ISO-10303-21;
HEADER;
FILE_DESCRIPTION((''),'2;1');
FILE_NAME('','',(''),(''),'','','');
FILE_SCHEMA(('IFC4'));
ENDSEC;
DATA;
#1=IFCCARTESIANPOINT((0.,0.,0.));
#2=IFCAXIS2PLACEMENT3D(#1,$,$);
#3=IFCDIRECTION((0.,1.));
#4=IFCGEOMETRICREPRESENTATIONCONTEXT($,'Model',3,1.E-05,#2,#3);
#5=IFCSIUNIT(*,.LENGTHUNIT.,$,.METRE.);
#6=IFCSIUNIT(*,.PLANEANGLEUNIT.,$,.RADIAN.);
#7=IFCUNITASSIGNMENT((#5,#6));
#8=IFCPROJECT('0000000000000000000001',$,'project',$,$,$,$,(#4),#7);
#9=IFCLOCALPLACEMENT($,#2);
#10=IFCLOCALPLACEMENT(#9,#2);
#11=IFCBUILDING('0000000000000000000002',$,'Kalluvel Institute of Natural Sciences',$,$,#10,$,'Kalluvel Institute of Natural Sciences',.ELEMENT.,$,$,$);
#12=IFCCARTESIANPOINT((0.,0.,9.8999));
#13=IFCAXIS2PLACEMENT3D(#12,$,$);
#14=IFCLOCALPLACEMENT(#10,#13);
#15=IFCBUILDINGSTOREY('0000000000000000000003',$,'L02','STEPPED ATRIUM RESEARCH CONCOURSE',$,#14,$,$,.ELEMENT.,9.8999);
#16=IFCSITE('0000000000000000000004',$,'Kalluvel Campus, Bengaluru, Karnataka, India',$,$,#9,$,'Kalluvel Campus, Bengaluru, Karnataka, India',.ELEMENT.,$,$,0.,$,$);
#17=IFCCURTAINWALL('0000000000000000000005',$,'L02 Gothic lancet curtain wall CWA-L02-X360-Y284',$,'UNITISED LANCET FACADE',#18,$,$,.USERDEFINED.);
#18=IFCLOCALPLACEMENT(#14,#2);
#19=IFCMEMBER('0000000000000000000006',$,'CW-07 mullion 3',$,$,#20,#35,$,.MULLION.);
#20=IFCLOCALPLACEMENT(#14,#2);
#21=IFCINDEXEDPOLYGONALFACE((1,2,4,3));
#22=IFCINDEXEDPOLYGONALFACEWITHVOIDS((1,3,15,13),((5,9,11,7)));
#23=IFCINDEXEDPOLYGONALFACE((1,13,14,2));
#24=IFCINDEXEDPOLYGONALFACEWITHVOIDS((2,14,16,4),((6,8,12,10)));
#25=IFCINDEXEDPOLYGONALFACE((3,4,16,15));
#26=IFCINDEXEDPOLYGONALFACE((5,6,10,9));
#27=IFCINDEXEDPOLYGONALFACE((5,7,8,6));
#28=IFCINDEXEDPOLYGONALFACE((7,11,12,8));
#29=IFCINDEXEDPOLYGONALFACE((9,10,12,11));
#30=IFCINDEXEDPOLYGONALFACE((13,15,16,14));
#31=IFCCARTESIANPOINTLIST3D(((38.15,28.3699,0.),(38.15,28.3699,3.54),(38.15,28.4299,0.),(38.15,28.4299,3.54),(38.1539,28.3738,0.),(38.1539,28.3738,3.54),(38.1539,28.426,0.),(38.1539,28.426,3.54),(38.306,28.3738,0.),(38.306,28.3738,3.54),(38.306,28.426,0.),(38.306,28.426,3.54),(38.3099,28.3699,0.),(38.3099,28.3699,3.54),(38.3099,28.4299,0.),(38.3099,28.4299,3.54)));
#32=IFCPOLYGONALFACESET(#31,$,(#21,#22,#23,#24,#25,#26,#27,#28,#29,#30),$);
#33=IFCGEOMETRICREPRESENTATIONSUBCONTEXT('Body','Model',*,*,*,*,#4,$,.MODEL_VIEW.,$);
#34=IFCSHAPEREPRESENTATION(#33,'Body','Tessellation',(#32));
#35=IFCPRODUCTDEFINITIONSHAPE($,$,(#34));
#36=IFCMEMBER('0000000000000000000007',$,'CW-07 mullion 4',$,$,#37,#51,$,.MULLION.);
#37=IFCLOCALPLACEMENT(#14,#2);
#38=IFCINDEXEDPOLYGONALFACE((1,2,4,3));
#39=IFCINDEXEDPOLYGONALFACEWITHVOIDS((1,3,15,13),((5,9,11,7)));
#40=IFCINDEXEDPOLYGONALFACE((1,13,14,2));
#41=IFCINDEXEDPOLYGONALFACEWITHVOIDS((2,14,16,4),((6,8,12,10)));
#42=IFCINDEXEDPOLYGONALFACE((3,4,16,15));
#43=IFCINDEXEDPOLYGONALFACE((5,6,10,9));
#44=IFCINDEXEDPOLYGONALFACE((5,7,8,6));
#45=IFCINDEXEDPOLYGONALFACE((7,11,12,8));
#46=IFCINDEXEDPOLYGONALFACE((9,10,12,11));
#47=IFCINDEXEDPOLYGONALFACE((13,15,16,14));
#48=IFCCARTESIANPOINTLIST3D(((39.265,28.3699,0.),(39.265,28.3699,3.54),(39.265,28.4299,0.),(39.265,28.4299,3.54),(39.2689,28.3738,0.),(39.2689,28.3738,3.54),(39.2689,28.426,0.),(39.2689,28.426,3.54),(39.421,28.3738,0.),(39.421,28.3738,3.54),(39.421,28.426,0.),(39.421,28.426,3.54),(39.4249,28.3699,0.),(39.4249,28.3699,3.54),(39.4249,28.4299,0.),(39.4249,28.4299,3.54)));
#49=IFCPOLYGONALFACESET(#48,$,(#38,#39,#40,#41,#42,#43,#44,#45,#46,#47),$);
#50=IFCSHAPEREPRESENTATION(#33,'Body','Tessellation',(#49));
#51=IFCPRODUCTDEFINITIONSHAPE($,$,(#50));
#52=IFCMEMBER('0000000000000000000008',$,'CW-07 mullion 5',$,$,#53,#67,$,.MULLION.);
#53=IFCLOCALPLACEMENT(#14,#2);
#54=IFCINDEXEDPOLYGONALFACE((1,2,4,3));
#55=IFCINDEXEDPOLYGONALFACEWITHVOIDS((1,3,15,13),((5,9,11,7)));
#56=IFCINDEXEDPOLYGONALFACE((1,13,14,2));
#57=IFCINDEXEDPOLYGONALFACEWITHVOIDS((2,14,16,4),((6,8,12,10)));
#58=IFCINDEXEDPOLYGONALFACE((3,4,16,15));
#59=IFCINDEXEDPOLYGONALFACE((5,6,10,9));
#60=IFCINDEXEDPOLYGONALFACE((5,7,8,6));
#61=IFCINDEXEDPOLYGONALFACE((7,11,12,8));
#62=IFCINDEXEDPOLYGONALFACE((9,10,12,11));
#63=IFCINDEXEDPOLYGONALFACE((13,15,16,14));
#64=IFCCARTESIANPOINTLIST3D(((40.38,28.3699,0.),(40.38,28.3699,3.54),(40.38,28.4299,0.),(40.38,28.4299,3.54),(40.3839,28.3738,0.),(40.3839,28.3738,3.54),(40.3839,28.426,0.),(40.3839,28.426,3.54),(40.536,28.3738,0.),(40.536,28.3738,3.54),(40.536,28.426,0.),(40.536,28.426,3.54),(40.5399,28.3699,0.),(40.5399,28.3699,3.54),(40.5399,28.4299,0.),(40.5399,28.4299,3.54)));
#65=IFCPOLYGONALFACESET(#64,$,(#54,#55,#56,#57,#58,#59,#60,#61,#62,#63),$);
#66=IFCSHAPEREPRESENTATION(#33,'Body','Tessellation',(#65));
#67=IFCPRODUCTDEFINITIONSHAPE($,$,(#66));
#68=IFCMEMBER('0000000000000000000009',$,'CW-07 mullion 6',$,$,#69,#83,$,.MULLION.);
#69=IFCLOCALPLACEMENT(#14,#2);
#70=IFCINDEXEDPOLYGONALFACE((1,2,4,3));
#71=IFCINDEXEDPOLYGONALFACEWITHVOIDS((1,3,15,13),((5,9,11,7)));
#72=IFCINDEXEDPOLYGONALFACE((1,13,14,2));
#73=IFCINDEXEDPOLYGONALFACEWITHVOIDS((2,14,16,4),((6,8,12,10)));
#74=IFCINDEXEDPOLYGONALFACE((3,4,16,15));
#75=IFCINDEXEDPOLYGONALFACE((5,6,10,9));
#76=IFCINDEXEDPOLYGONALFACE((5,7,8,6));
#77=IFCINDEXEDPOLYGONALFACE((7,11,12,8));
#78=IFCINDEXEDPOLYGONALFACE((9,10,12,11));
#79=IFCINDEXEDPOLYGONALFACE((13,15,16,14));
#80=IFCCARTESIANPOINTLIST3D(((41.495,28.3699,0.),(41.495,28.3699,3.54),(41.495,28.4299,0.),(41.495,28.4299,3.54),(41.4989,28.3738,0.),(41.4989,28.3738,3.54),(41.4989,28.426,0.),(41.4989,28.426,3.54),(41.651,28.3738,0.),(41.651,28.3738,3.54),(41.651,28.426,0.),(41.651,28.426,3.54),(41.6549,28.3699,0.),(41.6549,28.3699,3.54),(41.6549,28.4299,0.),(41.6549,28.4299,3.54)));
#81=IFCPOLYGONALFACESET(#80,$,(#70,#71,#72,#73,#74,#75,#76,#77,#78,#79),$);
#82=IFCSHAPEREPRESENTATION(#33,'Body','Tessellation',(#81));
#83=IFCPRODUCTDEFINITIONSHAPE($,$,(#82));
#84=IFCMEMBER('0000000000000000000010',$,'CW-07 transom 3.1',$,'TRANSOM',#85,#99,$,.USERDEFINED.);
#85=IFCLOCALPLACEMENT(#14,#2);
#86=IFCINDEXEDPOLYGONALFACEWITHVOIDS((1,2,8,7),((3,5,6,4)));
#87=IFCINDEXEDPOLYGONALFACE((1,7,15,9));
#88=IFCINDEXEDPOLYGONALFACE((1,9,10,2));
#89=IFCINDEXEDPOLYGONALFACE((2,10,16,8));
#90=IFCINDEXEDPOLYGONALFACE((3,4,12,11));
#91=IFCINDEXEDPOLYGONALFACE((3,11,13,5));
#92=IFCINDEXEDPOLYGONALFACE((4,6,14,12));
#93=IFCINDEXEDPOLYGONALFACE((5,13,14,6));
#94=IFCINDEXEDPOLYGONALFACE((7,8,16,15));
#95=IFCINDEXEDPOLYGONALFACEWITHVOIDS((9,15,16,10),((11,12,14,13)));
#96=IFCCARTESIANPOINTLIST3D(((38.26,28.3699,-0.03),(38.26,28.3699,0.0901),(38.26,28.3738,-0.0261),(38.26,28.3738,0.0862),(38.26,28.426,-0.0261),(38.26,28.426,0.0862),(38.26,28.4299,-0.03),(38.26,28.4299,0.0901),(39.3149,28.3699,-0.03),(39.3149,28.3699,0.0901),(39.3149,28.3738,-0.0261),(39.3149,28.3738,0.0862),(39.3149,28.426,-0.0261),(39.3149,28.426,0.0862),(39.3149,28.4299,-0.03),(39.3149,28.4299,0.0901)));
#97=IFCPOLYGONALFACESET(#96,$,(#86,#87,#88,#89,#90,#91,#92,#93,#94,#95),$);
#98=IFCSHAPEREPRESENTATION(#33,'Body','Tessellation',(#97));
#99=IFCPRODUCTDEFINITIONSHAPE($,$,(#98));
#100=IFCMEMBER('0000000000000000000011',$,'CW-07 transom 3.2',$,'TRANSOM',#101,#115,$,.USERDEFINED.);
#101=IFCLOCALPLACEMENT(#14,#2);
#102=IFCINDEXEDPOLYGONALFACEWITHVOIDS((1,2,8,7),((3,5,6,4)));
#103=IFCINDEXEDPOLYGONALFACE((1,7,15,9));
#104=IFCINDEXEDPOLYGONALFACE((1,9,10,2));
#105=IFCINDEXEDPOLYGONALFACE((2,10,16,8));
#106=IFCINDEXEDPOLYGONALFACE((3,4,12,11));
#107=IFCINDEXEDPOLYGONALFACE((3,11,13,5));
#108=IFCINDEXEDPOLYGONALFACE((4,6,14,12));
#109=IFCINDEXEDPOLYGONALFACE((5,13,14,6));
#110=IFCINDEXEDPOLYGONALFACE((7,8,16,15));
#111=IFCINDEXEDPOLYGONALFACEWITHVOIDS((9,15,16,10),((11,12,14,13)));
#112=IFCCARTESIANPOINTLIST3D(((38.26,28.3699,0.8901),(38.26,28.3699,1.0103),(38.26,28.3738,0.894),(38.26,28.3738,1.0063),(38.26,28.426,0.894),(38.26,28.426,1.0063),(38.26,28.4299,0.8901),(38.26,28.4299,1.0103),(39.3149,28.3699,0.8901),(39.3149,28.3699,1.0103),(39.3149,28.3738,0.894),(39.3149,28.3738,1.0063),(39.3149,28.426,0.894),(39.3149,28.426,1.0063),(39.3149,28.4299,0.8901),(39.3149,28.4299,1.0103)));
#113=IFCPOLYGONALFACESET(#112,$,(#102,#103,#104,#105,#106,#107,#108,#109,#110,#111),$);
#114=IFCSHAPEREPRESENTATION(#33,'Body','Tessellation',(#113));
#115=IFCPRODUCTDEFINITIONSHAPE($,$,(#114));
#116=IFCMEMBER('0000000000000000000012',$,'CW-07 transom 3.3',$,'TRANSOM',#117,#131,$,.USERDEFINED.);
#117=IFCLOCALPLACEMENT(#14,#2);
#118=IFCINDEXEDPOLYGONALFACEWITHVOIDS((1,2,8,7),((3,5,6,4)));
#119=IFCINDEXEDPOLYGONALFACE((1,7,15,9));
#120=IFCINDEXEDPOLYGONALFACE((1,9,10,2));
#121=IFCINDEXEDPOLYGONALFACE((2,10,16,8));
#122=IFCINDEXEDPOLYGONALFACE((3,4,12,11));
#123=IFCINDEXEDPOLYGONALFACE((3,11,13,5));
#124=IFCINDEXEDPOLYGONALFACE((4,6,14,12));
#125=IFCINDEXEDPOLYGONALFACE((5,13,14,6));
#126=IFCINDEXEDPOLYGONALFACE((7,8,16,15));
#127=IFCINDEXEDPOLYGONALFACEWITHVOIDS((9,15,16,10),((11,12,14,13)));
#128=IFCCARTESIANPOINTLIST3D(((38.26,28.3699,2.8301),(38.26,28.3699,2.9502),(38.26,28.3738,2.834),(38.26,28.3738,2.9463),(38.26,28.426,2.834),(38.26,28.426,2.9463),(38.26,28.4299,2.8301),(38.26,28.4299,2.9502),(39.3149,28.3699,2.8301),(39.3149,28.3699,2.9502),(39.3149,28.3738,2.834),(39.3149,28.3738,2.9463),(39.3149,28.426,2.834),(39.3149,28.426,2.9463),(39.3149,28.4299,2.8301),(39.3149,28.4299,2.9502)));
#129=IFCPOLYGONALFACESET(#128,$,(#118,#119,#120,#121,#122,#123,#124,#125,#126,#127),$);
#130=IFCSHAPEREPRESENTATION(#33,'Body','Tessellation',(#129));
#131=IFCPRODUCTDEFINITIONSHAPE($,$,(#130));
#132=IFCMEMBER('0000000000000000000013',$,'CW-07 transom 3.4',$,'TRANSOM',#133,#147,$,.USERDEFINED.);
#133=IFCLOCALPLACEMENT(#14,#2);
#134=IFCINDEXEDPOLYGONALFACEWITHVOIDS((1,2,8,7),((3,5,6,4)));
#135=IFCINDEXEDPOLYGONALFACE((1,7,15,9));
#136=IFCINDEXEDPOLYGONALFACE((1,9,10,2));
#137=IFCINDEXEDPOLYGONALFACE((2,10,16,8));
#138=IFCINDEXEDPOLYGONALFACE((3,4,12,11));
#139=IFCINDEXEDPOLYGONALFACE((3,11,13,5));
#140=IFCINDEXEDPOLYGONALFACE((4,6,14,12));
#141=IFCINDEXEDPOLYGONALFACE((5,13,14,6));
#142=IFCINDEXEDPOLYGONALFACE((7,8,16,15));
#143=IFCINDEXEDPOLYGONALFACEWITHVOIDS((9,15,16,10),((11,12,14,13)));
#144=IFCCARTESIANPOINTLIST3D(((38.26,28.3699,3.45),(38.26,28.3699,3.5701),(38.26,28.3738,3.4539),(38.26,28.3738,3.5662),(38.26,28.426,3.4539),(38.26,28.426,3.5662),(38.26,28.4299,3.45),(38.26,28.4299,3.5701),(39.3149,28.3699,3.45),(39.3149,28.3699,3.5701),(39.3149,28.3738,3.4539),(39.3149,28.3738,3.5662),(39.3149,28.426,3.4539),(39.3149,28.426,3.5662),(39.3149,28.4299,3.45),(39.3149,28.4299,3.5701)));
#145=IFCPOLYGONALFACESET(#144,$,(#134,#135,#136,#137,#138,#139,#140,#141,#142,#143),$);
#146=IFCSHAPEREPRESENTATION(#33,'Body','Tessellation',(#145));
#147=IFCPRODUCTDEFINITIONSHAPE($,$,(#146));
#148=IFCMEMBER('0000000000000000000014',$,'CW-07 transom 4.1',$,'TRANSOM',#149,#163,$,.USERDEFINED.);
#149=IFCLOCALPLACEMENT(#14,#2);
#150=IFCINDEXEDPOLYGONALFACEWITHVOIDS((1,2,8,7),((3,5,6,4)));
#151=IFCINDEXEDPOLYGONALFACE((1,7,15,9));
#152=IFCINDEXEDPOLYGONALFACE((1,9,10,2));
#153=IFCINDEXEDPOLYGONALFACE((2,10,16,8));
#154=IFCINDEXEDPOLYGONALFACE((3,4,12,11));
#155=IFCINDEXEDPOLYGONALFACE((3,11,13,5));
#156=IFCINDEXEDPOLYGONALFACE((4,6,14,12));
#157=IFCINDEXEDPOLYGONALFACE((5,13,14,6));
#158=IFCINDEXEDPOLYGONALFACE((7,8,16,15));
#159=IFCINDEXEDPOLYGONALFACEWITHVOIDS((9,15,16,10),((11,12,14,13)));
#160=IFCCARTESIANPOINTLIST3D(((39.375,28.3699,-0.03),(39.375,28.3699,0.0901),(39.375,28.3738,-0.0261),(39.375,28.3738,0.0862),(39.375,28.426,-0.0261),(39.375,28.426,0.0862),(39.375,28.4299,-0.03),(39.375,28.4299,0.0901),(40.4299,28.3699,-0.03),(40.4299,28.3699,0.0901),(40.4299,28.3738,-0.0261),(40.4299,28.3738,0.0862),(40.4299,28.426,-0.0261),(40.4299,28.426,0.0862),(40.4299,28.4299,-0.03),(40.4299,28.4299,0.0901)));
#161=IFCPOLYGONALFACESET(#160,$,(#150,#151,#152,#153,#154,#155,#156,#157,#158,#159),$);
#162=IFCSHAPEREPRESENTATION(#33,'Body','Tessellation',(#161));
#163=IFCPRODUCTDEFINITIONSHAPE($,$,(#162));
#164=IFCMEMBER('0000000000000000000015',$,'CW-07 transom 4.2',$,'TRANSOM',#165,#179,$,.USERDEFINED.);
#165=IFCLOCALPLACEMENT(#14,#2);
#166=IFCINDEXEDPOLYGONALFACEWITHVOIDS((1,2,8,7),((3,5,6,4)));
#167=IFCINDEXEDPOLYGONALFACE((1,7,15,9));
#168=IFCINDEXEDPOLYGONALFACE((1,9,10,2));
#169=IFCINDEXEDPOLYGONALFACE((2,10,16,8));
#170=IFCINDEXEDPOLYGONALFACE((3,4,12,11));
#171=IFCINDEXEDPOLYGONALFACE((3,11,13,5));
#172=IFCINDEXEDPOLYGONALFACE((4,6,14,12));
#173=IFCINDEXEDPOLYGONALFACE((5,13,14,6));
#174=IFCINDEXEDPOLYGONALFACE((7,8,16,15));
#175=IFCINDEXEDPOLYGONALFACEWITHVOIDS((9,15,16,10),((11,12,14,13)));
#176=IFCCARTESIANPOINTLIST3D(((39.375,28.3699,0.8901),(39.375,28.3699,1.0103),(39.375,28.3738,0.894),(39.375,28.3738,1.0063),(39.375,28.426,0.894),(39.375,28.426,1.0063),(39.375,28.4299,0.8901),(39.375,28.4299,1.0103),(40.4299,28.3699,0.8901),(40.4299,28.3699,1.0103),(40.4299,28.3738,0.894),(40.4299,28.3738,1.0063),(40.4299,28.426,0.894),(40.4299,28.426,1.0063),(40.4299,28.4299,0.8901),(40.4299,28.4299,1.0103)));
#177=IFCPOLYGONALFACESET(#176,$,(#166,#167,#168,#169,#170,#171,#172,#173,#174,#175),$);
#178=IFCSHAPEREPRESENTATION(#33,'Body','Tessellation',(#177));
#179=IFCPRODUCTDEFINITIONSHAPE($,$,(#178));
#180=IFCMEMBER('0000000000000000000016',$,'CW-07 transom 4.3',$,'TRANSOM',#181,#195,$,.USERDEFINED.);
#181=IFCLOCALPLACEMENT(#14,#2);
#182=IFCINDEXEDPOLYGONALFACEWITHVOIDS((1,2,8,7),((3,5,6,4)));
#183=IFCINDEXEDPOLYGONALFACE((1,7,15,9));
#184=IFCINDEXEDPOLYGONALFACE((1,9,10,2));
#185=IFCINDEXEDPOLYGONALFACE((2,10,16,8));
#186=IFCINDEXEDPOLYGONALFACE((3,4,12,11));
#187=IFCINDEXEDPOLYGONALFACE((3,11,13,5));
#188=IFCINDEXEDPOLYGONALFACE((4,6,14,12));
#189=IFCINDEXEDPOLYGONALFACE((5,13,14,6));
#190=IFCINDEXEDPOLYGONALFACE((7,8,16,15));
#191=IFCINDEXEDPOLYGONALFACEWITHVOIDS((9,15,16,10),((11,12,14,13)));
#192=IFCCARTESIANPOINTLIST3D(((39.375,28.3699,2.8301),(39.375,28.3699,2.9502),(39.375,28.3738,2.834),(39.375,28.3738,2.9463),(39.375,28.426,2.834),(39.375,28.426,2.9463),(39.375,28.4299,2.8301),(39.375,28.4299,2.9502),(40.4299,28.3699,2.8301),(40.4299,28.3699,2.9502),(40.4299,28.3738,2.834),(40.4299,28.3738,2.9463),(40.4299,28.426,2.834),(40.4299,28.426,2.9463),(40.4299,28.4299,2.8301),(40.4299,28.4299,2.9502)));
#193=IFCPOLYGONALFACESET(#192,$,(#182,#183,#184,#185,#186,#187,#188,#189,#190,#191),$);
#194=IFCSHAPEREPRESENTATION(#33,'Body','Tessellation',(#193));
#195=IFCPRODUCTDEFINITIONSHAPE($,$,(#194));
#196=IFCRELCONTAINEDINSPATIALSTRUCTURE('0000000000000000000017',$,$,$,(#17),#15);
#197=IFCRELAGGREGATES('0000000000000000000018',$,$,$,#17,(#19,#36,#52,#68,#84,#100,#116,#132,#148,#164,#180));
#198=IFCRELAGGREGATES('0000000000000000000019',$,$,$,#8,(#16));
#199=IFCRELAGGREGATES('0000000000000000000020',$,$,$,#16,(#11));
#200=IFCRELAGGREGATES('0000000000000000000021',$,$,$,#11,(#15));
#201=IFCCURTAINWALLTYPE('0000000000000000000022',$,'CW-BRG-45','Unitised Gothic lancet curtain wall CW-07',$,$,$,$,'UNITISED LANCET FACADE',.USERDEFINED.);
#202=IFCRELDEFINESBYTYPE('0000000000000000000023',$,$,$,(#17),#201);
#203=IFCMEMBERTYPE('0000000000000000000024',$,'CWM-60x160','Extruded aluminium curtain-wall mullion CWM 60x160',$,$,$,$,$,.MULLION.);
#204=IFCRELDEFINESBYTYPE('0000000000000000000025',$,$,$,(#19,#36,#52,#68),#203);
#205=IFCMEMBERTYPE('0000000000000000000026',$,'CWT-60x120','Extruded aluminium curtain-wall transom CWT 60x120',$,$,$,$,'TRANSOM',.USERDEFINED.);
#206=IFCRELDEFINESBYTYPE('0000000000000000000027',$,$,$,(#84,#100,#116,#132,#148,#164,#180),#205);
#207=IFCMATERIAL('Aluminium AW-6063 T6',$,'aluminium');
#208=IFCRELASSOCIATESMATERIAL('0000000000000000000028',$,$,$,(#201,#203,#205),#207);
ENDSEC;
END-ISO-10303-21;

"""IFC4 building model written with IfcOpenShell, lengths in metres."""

from ifc_helpers import new_model, si_unit, direction, frame, origin, origin_2d, place, context, subcontext, project, spatial, hollow_rectangle, extrude, material, material_profile, profile_set, type_object, element, aggregate, save


model = new_model("IFC4")

# Units and contexts
model_context = context("Model", 3, precision=1e-05, world=origin(), true_north=direction((0.0, 1.0)))
body_context = subcontext(model_context, "Body", "Model", "MODEL_VIEW")
ifc_project = project(units=[si_unit("LENGTHUNIT", "METRE"), si_unit("PLANEANGLEUNIT", "RADIAN")], contexts=[model_context])

# Site, building, storey
site_placement = place(None, origin())
site = spatial("IfcSite", under=ifc_project, at=site_placement, Name="Kalluvel Campus, Bengaluru, Karnataka, India", LongName="Kalluvel Campus, Bengaluru, Karnataka, India", CompositionType="ELEMENT", RefElevation=0.0)
building_placement = place(site_placement, origin())
building = spatial("IfcBuilding", under=site, at=building_placement, Name="Kalluvel Institute of Natural Sciences", LongName="Kalluvel Institute of Natural Sciences", CompositionType="ELEMENT")
storey_placement = place(building_placement, frame((0.0, 0.0, 9.8999)))
storey = spatial("IfcBuildingStorey", under=building, at=storey_placement, Name="L02", Description="STEPPED ATRIUM RESEARCH CONCOURSE", CompositionType="ELEMENT", Elevation=9.8999)

# Curtain wall, members
ifc_material_1 = material(Name="Aluminium AW-6063 T6", Category="aluminium")
curtain_wall_type = type_object("IfcCurtainWallType", Name="CW-BRG-45", Description="Unitised Gothic lancet curtain wall CW-07", ElementType="UNITISED LANCET FACADE", PredefinedType="USERDEFINED", material=ifc_material_1)
curtain_wall_placement = place(storey_placement, origin())
curtain_wall = element("IfcCurtainWall", 1, at=curtain_wall_placement, inside=storey, type_object=curtain_wall_type, Name="L02 Gothic lancet curtain wall CWA-L02-X360-Y284", ObjectType="UNITISED LANCET FACADE", PredefinedType="USERDEFINED")
ifc_material_profile_1 = material_profile(ifc_material_1, hollow_rectangle(XDim=0.0601, YDim=0.1599, WallThickness=0.0039, at=origin_2d()), Name="CWM 60x160")
ifc_profile_set_1 = profile_set([ifc_material_profile_1], Name="Aluminium AW-6063 T6")
member_type_1 = type_object("IfcMemberType", Name="CWM-60x160", Description="Extruded aluminium curtain-wall mullion CWM 60x160", PredefinedType="MULLION", material=ifc_profile_set_1)
member_1_placement = place(storey_placement, frame((38.23, 28.3999, 0.0), z_axis=(0.0, 0.0, 1.0), x_axis=(0.0, 1.0, 0.0)))
member_1 = element("IfcMember", 2, at=member_1_placement, type_object=member_type_1, Name="CW-07 mullion 3", PredefinedType="MULLION", context=body_context, shape_type="SweptSolid", body=[
    extrude(hollow_rectangle(XDim=0.0601, YDim=0.1599, WallThickness=0.0039, at=origin_2d()), origin(), (0.0, 0.0, 1.0), 3.54),
])
member_2_placement = place(storey_placement, frame((39.345, 28.3999, 0.0), z_axis=(0.0, 0.0, 1.0), x_axis=(0.0, 1.0, 0.0)))
member_2 = element("IfcMember", 3, at=member_2_placement, type_object=member_type_1, Name="CW-07 mullion 4", PredefinedType="MULLION", context=body_context, shape_type="SweptSolid", body=[
    extrude(hollow_rectangle(XDim=0.0601, YDim=0.1599, WallThickness=0.0039, at=origin_2d()), origin(), (0.0, 0.0, 1.0), 3.54),
])
member_3_placement = place(storey_placement, frame((40.46, 28.3999, 0.0), z_axis=(0.0, 0.0, 1.0), x_axis=(0.0, 1.0, 0.0)))
member_3 = element("IfcMember", 4, at=member_3_placement, type_object=member_type_1, Name="CW-07 mullion 5", PredefinedType="MULLION", context=body_context, shape_type="SweptSolid", body=[
    extrude(hollow_rectangle(XDim=0.0601, YDim=0.1599, WallThickness=0.0039, at=origin_2d()), origin(), (0.0, 0.0, 1.0), 3.54),
])
member_4_placement = place(storey_placement, frame((41.575, 28.3999, 0.0), z_axis=(0.0, 0.0, 1.0), x_axis=(0.0, 1.0, 0.0)))
member_4 = element("IfcMember", 5, at=member_4_placement, type_object=member_type_1, Name="CW-07 mullion 6", PredefinedType="MULLION", context=body_context, shape_type="SweptSolid", body=[
    extrude(hollow_rectangle(XDim=0.0601, YDim=0.1599, WallThickness=0.0039, at=origin_2d()), origin(), (0.0, 0.0, 1.0), 3.54),
])
ifc_material_profile_2 = material_profile(ifc_material_1, hollow_rectangle(XDim=0.0601, YDim=0.1201, WallThickness=0.0039, at=origin_2d()), Name="CWT 60x120")
ifc_profile_set_2 = profile_set([ifc_material_profile_2], Name="Aluminium AW-6063 T6")
member_type_2 = type_object("IfcMemberType", Name="CWT-60x120", Description="Extruded aluminium curtain-wall transom CWT 60x120", ElementType="TRANSOM", PredefinedType="USERDEFINED", material=ifc_profile_set_2)
member_5_placement = place(storey_placement, frame((38.26, 28.3999, 0.03), z_axis=(1.0, 0.0, 0.0), x_axis=(0.0, 1.0, 0.0)))
member_5 = element("IfcMember", 6, at=member_5_placement, type_object=member_type_2, Name="CW-07 transom 3.1", ObjectType="TRANSOM", PredefinedType="USERDEFINED", context=body_context, shape_type="SweptSolid", body=[
    extrude(hollow_rectangle(XDim=0.0601, YDim=0.1201, WallThickness=0.0039, at=origin_2d()), origin(), (0.0, 0.0, 1.0), 1.0549),
])
member_6_placement = place(storey_placement, frame((38.26, 28.3999, 0.9502), z_axis=(1.0, 0.0, 0.0), x_axis=(0.0, 1.0, 0.0)))
member_6 = element("IfcMember", 7, at=member_6_placement, type_object=member_type_2, Name="CW-07 transom 3.2", ObjectType="TRANSOM", PredefinedType="USERDEFINED", context=body_context, shape_type="SweptSolid", body=[
    extrude(hollow_rectangle(XDim=0.0601, YDim=0.1201, WallThickness=0.0039, at=origin_2d()), origin(), (0.0, 0.0, 1.0), 1.0549),
])
member_7_placement = place(storey_placement, frame((38.26, 28.3999, 2.8901), z_axis=(1.0, 0.0, 0.0), x_axis=(0.0, 1.0, 0.0)))
member_7 = element("IfcMember", 8, at=member_7_placement, type_object=member_type_2, Name="CW-07 transom 3.3", ObjectType="TRANSOM", PredefinedType="USERDEFINED", context=body_context, shape_type="SweptSolid", body=[
    extrude(hollow_rectangle(XDim=0.0601, YDim=0.1201, WallThickness=0.0039, at=origin_2d()), origin(), (0.0, 0.0, 1.0), 1.0549),
])
member_8_placement = place(storey_placement, frame((38.26, 28.3999, 3.51), z_axis=(1.0, 0.0, 0.0), x_axis=(0.0, 1.0, 0.0)))
member_8 = element("IfcMember", 9, at=member_8_placement, type_object=member_type_2, Name="CW-07 transom 3.4", ObjectType="TRANSOM", PredefinedType="USERDEFINED", context=body_context, shape_type="SweptSolid", body=[
    extrude(hollow_rectangle(XDim=0.0601, YDim=0.1201, WallThickness=0.0039, at=origin_2d()), origin(), (0.0, 0.0, 1.0), 1.0549),
])
member_9_placement = place(storey_placement, frame((39.375, 28.3999, 0.03), z_axis=(1.0, 0.0, 0.0), x_axis=(0.0, 1.0, 0.0)))
member_9 = element("IfcMember", 10, at=member_9_placement, type_object=member_type_2, Name="CW-07 transom 4.1", ObjectType="TRANSOM", PredefinedType="USERDEFINED", context=body_context, shape_type="SweptSolid", body=[
    extrude(hollow_rectangle(XDim=0.0601, YDim=0.1201, WallThickness=0.0039, at=origin_2d()), origin(), (0.0, 0.0, 1.0), 1.0549),
])
member_10_placement = place(storey_placement, frame((39.375, 28.3999, 0.9502), z_axis=(1.0, 0.0, 0.0), x_axis=(0.0, 1.0, 0.0)))
member_10 = element("IfcMember", 11, at=member_10_placement, type_object=member_type_2, Name="CW-07 transom 4.2", ObjectType="TRANSOM", PredefinedType="USERDEFINED", context=body_context, shape_type="SweptSolid", body=[
    extrude(hollow_rectangle(XDim=0.0601, YDim=0.1201, WallThickness=0.0039, at=origin_2d()), origin(), (0.0, 0.0, 1.0), 1.0549),
])
member_11_placement = place(storey_placement, frame((39.375, 28.3999, 2.8901), z_axis=(1.0, 0.0, 0.0), x_axis=(0.0, 1.0, 0.0)))
member_11 = element("IfcMember", 12, at=member_11_placement, type_object=member_type_2, Name="CW-07 transom 4.3", ObjectType="TRANSOM", PredefinedType="USERDEFINED", context=body_context, shape_type="SweptSolid", body=[
    extrude(hollow_rectangle(XDim=0.0601, YDim=0.1201, WallThickness=0.0039, at=origin_2d()), origin(), (0.0, 0.0, 1.0), 1.0549),
])
aggregate(curtain_wall, [member_1, member_2, member_3, member_4, member_5, member_6, member_7, member_8, member_9, member_10, member_11])

save(model, "model.ifc")
